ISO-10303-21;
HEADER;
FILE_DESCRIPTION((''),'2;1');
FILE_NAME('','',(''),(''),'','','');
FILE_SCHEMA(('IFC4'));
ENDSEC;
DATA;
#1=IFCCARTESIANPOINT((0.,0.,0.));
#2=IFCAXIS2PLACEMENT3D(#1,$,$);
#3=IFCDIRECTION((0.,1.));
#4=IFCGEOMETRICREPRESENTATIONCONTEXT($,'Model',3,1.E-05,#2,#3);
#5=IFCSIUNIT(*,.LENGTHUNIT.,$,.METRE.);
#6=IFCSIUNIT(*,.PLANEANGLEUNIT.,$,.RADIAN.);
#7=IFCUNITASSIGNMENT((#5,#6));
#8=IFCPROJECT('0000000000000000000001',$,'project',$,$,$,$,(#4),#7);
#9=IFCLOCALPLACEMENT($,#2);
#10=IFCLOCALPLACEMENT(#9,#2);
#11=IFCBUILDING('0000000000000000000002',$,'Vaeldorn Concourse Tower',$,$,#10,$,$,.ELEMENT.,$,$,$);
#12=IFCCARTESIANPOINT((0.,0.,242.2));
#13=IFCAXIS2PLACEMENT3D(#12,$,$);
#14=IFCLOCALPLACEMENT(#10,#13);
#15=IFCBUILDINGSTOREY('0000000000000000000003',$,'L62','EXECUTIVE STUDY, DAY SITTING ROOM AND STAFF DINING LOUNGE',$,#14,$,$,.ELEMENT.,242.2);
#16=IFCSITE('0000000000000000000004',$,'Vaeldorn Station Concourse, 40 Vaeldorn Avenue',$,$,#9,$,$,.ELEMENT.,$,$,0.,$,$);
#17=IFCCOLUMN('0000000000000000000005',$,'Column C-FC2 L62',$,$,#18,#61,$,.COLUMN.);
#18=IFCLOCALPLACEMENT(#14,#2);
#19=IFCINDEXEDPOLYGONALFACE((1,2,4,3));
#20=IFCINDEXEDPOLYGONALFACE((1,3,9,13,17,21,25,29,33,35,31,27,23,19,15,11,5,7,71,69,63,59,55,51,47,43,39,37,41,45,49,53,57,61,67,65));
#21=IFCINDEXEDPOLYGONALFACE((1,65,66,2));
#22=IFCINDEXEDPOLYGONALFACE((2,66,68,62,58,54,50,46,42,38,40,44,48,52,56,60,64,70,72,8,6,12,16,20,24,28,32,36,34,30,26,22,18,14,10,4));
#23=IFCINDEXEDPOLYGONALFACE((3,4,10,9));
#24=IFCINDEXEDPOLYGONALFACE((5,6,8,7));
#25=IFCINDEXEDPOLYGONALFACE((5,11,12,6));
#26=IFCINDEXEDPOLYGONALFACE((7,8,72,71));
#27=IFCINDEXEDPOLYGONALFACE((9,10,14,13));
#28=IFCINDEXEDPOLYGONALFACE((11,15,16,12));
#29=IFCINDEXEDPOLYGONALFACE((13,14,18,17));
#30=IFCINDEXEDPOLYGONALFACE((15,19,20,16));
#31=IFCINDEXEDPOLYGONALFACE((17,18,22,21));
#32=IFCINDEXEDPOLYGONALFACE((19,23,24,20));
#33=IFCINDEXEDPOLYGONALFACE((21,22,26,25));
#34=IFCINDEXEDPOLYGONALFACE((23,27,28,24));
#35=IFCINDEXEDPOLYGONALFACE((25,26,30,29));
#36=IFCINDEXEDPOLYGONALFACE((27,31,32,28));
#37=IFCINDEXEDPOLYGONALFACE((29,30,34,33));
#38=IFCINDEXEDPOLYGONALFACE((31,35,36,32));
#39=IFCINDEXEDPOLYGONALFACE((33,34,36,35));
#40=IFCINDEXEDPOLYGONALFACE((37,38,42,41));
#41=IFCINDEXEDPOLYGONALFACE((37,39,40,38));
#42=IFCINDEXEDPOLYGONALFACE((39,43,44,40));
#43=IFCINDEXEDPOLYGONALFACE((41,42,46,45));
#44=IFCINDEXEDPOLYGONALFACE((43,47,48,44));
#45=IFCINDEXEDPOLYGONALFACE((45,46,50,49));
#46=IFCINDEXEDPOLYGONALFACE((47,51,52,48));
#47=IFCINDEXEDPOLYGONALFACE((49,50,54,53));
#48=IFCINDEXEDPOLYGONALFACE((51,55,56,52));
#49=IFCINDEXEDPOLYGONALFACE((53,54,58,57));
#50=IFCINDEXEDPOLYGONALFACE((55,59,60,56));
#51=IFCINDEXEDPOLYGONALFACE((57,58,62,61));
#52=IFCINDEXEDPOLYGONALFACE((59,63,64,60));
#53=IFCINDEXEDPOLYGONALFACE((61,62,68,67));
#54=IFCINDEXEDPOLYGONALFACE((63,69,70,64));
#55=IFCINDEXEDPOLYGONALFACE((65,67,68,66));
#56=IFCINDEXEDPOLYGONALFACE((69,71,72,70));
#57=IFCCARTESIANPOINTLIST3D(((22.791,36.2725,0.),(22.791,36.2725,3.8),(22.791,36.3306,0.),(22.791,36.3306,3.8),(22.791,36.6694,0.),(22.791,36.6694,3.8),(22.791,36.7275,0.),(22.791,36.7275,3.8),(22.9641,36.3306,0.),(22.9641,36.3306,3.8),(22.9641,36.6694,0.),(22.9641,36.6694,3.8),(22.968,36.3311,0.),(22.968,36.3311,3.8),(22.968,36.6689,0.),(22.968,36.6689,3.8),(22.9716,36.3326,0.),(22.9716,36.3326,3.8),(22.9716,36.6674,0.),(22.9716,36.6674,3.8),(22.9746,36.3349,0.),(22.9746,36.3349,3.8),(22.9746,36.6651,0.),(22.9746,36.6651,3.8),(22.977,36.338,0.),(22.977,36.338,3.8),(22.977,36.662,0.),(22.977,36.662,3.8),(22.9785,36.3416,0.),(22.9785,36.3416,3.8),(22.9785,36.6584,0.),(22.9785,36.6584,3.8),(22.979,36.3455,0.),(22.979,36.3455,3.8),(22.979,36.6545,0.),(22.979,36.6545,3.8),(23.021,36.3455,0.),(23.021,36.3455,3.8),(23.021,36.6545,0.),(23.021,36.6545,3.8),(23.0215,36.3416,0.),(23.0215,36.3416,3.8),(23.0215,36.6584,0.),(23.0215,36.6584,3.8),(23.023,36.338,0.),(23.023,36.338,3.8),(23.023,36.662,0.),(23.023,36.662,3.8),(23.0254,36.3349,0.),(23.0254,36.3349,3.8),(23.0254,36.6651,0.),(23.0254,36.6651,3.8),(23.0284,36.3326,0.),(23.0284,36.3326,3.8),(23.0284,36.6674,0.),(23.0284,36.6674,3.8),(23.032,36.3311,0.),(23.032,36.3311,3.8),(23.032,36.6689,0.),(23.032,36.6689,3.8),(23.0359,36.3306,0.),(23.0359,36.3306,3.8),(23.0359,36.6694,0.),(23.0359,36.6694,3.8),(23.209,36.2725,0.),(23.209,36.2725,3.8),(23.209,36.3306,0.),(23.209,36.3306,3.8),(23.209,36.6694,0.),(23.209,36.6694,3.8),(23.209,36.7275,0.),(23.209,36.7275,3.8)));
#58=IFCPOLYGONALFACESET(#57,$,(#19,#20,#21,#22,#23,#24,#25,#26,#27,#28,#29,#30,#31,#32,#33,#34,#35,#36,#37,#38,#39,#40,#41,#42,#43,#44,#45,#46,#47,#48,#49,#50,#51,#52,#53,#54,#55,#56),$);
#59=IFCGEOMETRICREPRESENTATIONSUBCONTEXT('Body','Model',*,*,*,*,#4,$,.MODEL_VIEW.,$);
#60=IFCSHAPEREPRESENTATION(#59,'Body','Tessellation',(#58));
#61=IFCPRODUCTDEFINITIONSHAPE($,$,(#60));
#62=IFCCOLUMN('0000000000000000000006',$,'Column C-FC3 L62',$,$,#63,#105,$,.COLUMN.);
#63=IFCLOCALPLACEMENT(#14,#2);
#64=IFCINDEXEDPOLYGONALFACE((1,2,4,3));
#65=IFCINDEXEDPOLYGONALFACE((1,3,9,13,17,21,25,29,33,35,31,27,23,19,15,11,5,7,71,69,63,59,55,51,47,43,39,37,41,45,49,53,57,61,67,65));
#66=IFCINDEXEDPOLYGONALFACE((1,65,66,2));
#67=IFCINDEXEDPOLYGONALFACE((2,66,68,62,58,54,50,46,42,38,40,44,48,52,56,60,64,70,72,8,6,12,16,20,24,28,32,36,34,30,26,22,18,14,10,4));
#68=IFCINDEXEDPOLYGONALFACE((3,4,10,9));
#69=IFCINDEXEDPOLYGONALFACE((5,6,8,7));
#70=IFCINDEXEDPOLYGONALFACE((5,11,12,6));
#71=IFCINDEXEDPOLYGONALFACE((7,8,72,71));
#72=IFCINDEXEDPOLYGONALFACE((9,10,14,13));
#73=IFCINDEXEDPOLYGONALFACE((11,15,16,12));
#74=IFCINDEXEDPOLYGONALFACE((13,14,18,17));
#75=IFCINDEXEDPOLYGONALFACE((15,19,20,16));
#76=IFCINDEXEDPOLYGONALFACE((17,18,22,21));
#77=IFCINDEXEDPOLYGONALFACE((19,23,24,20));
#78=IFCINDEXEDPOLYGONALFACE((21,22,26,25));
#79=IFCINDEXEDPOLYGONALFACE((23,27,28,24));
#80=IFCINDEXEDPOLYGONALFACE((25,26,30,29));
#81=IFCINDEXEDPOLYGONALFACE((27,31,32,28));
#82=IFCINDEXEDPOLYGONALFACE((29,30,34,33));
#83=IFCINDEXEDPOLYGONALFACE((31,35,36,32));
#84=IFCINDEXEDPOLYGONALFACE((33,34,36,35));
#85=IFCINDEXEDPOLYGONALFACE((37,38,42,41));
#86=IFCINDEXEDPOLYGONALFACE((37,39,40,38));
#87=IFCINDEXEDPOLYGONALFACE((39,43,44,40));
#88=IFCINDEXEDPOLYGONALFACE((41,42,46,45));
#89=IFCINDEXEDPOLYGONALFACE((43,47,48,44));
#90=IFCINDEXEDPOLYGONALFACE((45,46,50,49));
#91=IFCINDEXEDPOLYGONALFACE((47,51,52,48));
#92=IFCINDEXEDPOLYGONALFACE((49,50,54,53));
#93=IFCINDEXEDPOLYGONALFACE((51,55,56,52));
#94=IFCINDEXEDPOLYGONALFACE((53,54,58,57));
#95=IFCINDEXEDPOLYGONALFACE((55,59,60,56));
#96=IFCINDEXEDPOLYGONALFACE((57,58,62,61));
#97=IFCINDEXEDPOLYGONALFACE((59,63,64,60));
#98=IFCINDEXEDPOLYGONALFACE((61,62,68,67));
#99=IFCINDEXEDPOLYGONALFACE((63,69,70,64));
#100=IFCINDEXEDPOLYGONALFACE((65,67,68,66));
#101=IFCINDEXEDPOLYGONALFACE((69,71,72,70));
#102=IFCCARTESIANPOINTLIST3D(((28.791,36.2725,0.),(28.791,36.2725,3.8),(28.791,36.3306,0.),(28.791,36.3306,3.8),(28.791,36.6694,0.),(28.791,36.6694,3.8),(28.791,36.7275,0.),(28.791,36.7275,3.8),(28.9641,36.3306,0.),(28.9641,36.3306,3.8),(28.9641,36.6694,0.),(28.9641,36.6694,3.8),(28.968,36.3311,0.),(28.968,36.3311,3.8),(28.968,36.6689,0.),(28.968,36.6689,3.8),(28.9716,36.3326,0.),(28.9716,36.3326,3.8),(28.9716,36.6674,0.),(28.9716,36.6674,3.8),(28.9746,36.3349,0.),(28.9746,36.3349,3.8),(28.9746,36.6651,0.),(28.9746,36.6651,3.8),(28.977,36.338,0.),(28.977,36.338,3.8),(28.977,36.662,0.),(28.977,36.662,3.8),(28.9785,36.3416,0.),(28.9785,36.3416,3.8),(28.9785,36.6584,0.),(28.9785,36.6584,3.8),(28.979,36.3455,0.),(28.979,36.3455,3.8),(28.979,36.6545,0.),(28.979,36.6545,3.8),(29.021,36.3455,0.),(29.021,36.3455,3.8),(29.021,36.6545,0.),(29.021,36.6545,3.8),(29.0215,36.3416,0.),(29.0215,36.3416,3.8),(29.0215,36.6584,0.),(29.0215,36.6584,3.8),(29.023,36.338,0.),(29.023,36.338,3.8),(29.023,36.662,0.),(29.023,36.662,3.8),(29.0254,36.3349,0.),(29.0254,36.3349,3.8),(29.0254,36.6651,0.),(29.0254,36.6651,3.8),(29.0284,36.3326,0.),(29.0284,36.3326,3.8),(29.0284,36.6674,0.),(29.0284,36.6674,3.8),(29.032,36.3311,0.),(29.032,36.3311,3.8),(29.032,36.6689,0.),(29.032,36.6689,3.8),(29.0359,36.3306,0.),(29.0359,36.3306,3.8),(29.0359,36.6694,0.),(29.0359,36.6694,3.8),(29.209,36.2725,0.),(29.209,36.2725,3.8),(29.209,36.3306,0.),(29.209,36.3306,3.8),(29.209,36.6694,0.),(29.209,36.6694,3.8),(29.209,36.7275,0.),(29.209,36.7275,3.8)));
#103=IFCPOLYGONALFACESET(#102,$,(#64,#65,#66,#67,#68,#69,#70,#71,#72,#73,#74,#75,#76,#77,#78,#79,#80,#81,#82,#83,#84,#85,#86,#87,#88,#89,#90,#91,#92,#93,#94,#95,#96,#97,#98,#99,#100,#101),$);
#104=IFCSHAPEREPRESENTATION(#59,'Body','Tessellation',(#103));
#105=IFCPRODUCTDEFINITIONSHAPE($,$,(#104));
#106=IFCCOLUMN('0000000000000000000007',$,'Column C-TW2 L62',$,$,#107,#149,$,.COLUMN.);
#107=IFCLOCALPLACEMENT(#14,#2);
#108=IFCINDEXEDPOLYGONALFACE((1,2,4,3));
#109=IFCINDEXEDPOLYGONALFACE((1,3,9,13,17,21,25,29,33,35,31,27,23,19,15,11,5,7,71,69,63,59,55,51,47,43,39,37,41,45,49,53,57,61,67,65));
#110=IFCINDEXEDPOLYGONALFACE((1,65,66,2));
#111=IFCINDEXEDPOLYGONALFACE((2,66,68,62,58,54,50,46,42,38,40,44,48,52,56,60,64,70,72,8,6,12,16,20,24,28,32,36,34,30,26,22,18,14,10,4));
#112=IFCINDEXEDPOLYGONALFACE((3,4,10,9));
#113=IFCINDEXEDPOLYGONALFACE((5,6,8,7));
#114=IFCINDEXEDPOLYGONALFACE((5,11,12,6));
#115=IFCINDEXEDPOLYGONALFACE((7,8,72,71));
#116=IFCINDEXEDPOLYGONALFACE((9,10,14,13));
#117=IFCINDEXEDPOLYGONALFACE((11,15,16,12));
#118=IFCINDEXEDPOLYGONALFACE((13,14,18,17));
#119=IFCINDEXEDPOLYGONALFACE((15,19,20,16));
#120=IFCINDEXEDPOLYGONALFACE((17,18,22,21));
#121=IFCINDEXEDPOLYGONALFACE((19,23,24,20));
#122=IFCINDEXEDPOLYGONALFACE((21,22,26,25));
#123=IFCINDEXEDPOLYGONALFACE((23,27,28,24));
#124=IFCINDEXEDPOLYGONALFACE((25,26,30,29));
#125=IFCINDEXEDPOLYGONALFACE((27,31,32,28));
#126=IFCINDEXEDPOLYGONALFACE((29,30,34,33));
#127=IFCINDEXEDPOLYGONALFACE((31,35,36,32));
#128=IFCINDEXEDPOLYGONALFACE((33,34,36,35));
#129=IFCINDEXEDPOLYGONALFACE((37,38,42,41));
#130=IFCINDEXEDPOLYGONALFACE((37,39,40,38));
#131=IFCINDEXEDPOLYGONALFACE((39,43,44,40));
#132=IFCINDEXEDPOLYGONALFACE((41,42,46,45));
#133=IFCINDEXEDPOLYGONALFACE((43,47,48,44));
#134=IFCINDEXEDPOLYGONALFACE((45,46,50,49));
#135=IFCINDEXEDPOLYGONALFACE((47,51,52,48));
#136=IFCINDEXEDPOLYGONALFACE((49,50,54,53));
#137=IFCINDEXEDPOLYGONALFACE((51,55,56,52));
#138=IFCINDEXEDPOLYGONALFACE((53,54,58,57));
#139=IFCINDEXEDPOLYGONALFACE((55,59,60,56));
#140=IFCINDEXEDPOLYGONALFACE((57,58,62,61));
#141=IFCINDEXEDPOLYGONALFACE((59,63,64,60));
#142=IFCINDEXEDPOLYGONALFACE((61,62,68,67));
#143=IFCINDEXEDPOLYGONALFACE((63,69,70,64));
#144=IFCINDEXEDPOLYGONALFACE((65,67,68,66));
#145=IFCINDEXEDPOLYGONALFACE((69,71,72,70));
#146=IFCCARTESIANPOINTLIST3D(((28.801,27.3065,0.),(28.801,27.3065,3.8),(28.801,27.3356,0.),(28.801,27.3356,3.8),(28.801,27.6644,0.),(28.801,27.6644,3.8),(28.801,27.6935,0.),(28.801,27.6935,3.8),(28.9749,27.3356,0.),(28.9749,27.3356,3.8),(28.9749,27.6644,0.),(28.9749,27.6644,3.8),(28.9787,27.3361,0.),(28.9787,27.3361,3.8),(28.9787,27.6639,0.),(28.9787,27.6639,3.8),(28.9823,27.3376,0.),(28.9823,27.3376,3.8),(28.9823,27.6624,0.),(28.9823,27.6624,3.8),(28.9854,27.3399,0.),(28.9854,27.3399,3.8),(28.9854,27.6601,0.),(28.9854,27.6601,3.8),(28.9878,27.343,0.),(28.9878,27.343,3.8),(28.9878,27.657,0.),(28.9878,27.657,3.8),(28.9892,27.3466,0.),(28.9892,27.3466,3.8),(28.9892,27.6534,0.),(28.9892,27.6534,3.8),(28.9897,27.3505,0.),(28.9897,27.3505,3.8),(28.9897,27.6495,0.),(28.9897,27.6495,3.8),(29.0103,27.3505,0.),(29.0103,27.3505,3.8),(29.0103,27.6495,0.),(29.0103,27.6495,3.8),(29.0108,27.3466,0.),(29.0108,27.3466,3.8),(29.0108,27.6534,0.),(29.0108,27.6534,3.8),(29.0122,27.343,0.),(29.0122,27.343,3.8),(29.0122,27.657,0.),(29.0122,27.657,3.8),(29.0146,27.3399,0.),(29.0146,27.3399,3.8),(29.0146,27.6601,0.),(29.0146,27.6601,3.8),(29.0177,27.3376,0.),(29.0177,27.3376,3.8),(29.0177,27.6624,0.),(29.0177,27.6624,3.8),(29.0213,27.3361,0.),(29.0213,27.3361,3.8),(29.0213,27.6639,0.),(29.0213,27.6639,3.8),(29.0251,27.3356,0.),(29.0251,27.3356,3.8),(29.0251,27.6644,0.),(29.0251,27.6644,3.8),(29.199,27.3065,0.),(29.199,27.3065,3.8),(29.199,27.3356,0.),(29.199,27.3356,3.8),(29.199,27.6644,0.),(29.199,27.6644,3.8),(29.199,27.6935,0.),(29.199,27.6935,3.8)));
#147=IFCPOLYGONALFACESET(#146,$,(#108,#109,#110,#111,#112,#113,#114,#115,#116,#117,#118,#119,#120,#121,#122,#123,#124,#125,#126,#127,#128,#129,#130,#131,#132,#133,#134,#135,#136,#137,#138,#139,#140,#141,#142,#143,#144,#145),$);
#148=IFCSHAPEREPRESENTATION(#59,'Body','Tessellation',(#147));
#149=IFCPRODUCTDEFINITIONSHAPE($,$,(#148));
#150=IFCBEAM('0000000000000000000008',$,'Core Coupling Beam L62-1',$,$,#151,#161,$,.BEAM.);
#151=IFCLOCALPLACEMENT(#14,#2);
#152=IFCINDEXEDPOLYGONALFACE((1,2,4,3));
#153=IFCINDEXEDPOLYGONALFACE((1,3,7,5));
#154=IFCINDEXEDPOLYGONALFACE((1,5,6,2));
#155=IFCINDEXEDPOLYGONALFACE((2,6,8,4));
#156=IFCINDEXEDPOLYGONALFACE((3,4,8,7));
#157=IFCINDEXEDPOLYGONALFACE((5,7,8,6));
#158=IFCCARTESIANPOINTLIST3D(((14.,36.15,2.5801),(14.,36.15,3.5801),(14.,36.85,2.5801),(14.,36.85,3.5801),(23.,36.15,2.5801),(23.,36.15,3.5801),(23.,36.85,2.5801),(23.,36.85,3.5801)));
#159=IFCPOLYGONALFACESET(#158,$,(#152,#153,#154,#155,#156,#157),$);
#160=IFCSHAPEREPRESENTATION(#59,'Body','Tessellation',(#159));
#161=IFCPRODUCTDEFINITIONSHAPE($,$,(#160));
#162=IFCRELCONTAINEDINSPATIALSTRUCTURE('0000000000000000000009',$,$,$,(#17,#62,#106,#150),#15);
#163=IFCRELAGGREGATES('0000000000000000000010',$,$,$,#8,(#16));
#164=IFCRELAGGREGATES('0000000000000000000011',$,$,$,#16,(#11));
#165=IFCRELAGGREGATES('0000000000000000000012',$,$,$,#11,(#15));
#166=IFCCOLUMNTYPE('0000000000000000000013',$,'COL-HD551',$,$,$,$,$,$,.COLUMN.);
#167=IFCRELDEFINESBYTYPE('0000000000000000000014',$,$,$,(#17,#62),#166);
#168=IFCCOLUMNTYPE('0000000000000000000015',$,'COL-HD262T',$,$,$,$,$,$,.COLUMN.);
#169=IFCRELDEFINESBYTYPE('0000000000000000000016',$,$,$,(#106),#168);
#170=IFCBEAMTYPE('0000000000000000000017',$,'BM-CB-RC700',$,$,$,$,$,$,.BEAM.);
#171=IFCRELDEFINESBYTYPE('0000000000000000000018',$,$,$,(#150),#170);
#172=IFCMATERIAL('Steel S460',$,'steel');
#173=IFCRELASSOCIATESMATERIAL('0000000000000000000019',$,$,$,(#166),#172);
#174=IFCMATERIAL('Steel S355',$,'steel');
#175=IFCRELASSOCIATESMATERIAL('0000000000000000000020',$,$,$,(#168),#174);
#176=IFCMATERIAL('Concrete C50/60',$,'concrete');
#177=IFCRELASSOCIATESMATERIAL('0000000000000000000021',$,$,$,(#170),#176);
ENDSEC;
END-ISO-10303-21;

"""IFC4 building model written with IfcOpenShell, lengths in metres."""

from ifc_helpers import new_model, si_unit, direction, frame, origin, origin_2d, place, context, subcontext, project, spatial, rectangle, i_section, extrude, source, transform, mapped, material, material_profile, profile_set, type_object, element, save


model = new_model("IFC4")

# Units and contexts
model_context = context("Model", 3, precision=1e-05, world=origin(), true_north=direction((0.0, 1.0)))
body_context = subcontext(model_context, "Body", "Model", "MODEL_VIEW")
ifc_project = project(units=[si_unit("LENGTHUNIT", "METRE"), si_unit("PLANEANGLEUNIT", "RADIAN")], contexts=[model_context])

# Site, building, storey
site_placement = place(None, origin())
site = spatial("IfcSite", under=ifc_project, at=site_placement, Name="Vaeldorn Station Concourse, 40 Vaeldorn Avenue", CompositionType="ELEMENT", RefElevation=0.0)
building_placement = place(site_placement, origin())
building = spatial("IfcBuilding", under=site, at=building_placement, Name="Vaeldorn Concourse Tower", CompositionType="ELEMENT")
storey_placement = place(building_placement, frame((0.0, 0.0, 242.2)))
storey = spatial("IfcBuildingStorey", under=building, at=storey_placement, Name="L62", Description="EXECUTIVE STUDY, DAY SITTING ROOM AND STAFF DINING LOUNGE", CompositionType="ELEMENT", Elevation=242.2)

# Columns
ifc_material_1 = material(Name="Steel S460", Category="steel")
ifc_material_profile_1 = material_profile(ifc_material_1, i_section(OverallWidth=0.418, OverallDepth=0.4551, WebThickness=0.042, FlangeThickness=0.0581, FilletRadius=0.0149, at=origin_2d()), Name="HD 400x551")
ifc_profile_set_1 = profile_set([ifc_material_profile_1], Name="Steel S460")
column_type_1 = type_object("IfcColumnType", Name="COL-HD551", PredefinedType="COLUMN", material=ifc_profile_set_1)
shared_shape_1 = source(origin(), body_context, "Body", "SweptSolid", [
    extrude(i_section(OverallWidth=0.418, OverallDepth=0.4551, WebThickness=0.042, FlangeThickness=0.0581, FilletRadius=0.0149, at=origin_2d()), origin(), (0.0, 0.0, 1.0), 3.8),
])
for number, where, z_axis, x_axis, name in (
    (1, (23.0, 36.5, 0.0), (0.0, 0.0, 1.0), (1.0, 0.0, 0.0), "Column C-FC2 L62"),
    (2, (29.0, 36.5, 0.0), (0.0, 0.0, 1.0), (1.0, 0.0, 0.0), "Column C-FC3 L62"),
):
    element("IfcColumn", number, at=place(storey_placement, frame(where, z_axis=z_axis, x_axis=x_axis)), inside=storey, type_object=column_type_1, Name=name, PredefinedType="COLUMN", context=body_context, shape_type="MappedRepresentation", body=[
        mapped(shared_shape_1, transform((0.0, 0.0, 0.0), scale=1.0)),
    ])
ifc_material_2 = material(Name="Steel S355", Category="steel")
ifc_material_profile_2 = material_profile(ifc_material_2, i_section(OverallWidth=0.3979, OverallDepth=0.387, WebThickness=0.0205, FlangeThickness=0.0291, FilletRadius=0.0149, at=origin_2d()), Name="HD 400x262")
ifc_profile_set_2 = profile_set([ifc_material_profile_2], Name="Steel S355")
column_type_2 = type_object("IfcColumnType", Name="COL-HD262T", PredefinedType="COLUMN", material=ifc_profile_set_2)
shared_shape_2 = source(origin(), body_context, "Body", "SweptSolid", [
    extrude(i_section(OverallWidth=0.3979, OverallDepth=0.387, WebThickness=0.0205, FlangeThickness=0.0291, FilletRadius=0.0149, at=origin_2d()), origin(), (0.0, 0.0, 1.0), 3.8),
])
column_placement = place(storey_placement, frame((29.0, 27.5, 0.0), z_axis=(0.0, 0.0, 1.0), x_axis=(1.0, 0.0, 0.0)))
element("IfcColumn", 3, at=column_placement, inside=storey, type_object=column_type_2, Name="Column C-TW2 L62", PredefinedType="COLUMN", context=body_context, shape_type="MappedRepresentation", body=[
    mapped(shared_shape_2, transform((0.0, 0.0, 0.0), scale=1.0)),
])

# Beam
ifc_material_3 = material(Name="Concrete C50/60", Category="concrete")
ifc_material_profile_3 = material_profile(ifc_material_3, rectangle(XDim=0.7, YDim=1.0, at=origin_2d()), Name="RC 700x1000")
ifc_profile_set_3 = profile_set([ifc_material_profile_3], Name="Concrete C50/60")
beam_type_1 = type_object("IfcBeamType", Name="BM-CB-RC700", PredefinedType="BEAM", material=ifc_profile_set_3)
shared_shape_3 = source(origin(), body_context, "Body", "SweptSolid", [
    extrude(rectangle(XDim=0.7, YDim=1.0, at=origin_2d()), origin(), (0.0, 0.0, 1.0), 9.0),
])
beam_1_placement = place(storey_placement, frame((14.0, 36.5, 3.0801), z_axis=(1.0, 0.0, 0.0), x_axis=(0.0, 1.0, 0.0)))
element("IfcBeam", 4, at=beam_1_placement, inside=storey, type_object=beam_type_1, Name="Core Coupling Beam L62-1", PredefinedType="BEAM", context=body_context, shape_type="MappedRepresentation", body=[
    mapped(shared_shape_3, transform((0.0, 0.0, 0.0), scale=1.0)),
])

save(model, "model.ifc")
